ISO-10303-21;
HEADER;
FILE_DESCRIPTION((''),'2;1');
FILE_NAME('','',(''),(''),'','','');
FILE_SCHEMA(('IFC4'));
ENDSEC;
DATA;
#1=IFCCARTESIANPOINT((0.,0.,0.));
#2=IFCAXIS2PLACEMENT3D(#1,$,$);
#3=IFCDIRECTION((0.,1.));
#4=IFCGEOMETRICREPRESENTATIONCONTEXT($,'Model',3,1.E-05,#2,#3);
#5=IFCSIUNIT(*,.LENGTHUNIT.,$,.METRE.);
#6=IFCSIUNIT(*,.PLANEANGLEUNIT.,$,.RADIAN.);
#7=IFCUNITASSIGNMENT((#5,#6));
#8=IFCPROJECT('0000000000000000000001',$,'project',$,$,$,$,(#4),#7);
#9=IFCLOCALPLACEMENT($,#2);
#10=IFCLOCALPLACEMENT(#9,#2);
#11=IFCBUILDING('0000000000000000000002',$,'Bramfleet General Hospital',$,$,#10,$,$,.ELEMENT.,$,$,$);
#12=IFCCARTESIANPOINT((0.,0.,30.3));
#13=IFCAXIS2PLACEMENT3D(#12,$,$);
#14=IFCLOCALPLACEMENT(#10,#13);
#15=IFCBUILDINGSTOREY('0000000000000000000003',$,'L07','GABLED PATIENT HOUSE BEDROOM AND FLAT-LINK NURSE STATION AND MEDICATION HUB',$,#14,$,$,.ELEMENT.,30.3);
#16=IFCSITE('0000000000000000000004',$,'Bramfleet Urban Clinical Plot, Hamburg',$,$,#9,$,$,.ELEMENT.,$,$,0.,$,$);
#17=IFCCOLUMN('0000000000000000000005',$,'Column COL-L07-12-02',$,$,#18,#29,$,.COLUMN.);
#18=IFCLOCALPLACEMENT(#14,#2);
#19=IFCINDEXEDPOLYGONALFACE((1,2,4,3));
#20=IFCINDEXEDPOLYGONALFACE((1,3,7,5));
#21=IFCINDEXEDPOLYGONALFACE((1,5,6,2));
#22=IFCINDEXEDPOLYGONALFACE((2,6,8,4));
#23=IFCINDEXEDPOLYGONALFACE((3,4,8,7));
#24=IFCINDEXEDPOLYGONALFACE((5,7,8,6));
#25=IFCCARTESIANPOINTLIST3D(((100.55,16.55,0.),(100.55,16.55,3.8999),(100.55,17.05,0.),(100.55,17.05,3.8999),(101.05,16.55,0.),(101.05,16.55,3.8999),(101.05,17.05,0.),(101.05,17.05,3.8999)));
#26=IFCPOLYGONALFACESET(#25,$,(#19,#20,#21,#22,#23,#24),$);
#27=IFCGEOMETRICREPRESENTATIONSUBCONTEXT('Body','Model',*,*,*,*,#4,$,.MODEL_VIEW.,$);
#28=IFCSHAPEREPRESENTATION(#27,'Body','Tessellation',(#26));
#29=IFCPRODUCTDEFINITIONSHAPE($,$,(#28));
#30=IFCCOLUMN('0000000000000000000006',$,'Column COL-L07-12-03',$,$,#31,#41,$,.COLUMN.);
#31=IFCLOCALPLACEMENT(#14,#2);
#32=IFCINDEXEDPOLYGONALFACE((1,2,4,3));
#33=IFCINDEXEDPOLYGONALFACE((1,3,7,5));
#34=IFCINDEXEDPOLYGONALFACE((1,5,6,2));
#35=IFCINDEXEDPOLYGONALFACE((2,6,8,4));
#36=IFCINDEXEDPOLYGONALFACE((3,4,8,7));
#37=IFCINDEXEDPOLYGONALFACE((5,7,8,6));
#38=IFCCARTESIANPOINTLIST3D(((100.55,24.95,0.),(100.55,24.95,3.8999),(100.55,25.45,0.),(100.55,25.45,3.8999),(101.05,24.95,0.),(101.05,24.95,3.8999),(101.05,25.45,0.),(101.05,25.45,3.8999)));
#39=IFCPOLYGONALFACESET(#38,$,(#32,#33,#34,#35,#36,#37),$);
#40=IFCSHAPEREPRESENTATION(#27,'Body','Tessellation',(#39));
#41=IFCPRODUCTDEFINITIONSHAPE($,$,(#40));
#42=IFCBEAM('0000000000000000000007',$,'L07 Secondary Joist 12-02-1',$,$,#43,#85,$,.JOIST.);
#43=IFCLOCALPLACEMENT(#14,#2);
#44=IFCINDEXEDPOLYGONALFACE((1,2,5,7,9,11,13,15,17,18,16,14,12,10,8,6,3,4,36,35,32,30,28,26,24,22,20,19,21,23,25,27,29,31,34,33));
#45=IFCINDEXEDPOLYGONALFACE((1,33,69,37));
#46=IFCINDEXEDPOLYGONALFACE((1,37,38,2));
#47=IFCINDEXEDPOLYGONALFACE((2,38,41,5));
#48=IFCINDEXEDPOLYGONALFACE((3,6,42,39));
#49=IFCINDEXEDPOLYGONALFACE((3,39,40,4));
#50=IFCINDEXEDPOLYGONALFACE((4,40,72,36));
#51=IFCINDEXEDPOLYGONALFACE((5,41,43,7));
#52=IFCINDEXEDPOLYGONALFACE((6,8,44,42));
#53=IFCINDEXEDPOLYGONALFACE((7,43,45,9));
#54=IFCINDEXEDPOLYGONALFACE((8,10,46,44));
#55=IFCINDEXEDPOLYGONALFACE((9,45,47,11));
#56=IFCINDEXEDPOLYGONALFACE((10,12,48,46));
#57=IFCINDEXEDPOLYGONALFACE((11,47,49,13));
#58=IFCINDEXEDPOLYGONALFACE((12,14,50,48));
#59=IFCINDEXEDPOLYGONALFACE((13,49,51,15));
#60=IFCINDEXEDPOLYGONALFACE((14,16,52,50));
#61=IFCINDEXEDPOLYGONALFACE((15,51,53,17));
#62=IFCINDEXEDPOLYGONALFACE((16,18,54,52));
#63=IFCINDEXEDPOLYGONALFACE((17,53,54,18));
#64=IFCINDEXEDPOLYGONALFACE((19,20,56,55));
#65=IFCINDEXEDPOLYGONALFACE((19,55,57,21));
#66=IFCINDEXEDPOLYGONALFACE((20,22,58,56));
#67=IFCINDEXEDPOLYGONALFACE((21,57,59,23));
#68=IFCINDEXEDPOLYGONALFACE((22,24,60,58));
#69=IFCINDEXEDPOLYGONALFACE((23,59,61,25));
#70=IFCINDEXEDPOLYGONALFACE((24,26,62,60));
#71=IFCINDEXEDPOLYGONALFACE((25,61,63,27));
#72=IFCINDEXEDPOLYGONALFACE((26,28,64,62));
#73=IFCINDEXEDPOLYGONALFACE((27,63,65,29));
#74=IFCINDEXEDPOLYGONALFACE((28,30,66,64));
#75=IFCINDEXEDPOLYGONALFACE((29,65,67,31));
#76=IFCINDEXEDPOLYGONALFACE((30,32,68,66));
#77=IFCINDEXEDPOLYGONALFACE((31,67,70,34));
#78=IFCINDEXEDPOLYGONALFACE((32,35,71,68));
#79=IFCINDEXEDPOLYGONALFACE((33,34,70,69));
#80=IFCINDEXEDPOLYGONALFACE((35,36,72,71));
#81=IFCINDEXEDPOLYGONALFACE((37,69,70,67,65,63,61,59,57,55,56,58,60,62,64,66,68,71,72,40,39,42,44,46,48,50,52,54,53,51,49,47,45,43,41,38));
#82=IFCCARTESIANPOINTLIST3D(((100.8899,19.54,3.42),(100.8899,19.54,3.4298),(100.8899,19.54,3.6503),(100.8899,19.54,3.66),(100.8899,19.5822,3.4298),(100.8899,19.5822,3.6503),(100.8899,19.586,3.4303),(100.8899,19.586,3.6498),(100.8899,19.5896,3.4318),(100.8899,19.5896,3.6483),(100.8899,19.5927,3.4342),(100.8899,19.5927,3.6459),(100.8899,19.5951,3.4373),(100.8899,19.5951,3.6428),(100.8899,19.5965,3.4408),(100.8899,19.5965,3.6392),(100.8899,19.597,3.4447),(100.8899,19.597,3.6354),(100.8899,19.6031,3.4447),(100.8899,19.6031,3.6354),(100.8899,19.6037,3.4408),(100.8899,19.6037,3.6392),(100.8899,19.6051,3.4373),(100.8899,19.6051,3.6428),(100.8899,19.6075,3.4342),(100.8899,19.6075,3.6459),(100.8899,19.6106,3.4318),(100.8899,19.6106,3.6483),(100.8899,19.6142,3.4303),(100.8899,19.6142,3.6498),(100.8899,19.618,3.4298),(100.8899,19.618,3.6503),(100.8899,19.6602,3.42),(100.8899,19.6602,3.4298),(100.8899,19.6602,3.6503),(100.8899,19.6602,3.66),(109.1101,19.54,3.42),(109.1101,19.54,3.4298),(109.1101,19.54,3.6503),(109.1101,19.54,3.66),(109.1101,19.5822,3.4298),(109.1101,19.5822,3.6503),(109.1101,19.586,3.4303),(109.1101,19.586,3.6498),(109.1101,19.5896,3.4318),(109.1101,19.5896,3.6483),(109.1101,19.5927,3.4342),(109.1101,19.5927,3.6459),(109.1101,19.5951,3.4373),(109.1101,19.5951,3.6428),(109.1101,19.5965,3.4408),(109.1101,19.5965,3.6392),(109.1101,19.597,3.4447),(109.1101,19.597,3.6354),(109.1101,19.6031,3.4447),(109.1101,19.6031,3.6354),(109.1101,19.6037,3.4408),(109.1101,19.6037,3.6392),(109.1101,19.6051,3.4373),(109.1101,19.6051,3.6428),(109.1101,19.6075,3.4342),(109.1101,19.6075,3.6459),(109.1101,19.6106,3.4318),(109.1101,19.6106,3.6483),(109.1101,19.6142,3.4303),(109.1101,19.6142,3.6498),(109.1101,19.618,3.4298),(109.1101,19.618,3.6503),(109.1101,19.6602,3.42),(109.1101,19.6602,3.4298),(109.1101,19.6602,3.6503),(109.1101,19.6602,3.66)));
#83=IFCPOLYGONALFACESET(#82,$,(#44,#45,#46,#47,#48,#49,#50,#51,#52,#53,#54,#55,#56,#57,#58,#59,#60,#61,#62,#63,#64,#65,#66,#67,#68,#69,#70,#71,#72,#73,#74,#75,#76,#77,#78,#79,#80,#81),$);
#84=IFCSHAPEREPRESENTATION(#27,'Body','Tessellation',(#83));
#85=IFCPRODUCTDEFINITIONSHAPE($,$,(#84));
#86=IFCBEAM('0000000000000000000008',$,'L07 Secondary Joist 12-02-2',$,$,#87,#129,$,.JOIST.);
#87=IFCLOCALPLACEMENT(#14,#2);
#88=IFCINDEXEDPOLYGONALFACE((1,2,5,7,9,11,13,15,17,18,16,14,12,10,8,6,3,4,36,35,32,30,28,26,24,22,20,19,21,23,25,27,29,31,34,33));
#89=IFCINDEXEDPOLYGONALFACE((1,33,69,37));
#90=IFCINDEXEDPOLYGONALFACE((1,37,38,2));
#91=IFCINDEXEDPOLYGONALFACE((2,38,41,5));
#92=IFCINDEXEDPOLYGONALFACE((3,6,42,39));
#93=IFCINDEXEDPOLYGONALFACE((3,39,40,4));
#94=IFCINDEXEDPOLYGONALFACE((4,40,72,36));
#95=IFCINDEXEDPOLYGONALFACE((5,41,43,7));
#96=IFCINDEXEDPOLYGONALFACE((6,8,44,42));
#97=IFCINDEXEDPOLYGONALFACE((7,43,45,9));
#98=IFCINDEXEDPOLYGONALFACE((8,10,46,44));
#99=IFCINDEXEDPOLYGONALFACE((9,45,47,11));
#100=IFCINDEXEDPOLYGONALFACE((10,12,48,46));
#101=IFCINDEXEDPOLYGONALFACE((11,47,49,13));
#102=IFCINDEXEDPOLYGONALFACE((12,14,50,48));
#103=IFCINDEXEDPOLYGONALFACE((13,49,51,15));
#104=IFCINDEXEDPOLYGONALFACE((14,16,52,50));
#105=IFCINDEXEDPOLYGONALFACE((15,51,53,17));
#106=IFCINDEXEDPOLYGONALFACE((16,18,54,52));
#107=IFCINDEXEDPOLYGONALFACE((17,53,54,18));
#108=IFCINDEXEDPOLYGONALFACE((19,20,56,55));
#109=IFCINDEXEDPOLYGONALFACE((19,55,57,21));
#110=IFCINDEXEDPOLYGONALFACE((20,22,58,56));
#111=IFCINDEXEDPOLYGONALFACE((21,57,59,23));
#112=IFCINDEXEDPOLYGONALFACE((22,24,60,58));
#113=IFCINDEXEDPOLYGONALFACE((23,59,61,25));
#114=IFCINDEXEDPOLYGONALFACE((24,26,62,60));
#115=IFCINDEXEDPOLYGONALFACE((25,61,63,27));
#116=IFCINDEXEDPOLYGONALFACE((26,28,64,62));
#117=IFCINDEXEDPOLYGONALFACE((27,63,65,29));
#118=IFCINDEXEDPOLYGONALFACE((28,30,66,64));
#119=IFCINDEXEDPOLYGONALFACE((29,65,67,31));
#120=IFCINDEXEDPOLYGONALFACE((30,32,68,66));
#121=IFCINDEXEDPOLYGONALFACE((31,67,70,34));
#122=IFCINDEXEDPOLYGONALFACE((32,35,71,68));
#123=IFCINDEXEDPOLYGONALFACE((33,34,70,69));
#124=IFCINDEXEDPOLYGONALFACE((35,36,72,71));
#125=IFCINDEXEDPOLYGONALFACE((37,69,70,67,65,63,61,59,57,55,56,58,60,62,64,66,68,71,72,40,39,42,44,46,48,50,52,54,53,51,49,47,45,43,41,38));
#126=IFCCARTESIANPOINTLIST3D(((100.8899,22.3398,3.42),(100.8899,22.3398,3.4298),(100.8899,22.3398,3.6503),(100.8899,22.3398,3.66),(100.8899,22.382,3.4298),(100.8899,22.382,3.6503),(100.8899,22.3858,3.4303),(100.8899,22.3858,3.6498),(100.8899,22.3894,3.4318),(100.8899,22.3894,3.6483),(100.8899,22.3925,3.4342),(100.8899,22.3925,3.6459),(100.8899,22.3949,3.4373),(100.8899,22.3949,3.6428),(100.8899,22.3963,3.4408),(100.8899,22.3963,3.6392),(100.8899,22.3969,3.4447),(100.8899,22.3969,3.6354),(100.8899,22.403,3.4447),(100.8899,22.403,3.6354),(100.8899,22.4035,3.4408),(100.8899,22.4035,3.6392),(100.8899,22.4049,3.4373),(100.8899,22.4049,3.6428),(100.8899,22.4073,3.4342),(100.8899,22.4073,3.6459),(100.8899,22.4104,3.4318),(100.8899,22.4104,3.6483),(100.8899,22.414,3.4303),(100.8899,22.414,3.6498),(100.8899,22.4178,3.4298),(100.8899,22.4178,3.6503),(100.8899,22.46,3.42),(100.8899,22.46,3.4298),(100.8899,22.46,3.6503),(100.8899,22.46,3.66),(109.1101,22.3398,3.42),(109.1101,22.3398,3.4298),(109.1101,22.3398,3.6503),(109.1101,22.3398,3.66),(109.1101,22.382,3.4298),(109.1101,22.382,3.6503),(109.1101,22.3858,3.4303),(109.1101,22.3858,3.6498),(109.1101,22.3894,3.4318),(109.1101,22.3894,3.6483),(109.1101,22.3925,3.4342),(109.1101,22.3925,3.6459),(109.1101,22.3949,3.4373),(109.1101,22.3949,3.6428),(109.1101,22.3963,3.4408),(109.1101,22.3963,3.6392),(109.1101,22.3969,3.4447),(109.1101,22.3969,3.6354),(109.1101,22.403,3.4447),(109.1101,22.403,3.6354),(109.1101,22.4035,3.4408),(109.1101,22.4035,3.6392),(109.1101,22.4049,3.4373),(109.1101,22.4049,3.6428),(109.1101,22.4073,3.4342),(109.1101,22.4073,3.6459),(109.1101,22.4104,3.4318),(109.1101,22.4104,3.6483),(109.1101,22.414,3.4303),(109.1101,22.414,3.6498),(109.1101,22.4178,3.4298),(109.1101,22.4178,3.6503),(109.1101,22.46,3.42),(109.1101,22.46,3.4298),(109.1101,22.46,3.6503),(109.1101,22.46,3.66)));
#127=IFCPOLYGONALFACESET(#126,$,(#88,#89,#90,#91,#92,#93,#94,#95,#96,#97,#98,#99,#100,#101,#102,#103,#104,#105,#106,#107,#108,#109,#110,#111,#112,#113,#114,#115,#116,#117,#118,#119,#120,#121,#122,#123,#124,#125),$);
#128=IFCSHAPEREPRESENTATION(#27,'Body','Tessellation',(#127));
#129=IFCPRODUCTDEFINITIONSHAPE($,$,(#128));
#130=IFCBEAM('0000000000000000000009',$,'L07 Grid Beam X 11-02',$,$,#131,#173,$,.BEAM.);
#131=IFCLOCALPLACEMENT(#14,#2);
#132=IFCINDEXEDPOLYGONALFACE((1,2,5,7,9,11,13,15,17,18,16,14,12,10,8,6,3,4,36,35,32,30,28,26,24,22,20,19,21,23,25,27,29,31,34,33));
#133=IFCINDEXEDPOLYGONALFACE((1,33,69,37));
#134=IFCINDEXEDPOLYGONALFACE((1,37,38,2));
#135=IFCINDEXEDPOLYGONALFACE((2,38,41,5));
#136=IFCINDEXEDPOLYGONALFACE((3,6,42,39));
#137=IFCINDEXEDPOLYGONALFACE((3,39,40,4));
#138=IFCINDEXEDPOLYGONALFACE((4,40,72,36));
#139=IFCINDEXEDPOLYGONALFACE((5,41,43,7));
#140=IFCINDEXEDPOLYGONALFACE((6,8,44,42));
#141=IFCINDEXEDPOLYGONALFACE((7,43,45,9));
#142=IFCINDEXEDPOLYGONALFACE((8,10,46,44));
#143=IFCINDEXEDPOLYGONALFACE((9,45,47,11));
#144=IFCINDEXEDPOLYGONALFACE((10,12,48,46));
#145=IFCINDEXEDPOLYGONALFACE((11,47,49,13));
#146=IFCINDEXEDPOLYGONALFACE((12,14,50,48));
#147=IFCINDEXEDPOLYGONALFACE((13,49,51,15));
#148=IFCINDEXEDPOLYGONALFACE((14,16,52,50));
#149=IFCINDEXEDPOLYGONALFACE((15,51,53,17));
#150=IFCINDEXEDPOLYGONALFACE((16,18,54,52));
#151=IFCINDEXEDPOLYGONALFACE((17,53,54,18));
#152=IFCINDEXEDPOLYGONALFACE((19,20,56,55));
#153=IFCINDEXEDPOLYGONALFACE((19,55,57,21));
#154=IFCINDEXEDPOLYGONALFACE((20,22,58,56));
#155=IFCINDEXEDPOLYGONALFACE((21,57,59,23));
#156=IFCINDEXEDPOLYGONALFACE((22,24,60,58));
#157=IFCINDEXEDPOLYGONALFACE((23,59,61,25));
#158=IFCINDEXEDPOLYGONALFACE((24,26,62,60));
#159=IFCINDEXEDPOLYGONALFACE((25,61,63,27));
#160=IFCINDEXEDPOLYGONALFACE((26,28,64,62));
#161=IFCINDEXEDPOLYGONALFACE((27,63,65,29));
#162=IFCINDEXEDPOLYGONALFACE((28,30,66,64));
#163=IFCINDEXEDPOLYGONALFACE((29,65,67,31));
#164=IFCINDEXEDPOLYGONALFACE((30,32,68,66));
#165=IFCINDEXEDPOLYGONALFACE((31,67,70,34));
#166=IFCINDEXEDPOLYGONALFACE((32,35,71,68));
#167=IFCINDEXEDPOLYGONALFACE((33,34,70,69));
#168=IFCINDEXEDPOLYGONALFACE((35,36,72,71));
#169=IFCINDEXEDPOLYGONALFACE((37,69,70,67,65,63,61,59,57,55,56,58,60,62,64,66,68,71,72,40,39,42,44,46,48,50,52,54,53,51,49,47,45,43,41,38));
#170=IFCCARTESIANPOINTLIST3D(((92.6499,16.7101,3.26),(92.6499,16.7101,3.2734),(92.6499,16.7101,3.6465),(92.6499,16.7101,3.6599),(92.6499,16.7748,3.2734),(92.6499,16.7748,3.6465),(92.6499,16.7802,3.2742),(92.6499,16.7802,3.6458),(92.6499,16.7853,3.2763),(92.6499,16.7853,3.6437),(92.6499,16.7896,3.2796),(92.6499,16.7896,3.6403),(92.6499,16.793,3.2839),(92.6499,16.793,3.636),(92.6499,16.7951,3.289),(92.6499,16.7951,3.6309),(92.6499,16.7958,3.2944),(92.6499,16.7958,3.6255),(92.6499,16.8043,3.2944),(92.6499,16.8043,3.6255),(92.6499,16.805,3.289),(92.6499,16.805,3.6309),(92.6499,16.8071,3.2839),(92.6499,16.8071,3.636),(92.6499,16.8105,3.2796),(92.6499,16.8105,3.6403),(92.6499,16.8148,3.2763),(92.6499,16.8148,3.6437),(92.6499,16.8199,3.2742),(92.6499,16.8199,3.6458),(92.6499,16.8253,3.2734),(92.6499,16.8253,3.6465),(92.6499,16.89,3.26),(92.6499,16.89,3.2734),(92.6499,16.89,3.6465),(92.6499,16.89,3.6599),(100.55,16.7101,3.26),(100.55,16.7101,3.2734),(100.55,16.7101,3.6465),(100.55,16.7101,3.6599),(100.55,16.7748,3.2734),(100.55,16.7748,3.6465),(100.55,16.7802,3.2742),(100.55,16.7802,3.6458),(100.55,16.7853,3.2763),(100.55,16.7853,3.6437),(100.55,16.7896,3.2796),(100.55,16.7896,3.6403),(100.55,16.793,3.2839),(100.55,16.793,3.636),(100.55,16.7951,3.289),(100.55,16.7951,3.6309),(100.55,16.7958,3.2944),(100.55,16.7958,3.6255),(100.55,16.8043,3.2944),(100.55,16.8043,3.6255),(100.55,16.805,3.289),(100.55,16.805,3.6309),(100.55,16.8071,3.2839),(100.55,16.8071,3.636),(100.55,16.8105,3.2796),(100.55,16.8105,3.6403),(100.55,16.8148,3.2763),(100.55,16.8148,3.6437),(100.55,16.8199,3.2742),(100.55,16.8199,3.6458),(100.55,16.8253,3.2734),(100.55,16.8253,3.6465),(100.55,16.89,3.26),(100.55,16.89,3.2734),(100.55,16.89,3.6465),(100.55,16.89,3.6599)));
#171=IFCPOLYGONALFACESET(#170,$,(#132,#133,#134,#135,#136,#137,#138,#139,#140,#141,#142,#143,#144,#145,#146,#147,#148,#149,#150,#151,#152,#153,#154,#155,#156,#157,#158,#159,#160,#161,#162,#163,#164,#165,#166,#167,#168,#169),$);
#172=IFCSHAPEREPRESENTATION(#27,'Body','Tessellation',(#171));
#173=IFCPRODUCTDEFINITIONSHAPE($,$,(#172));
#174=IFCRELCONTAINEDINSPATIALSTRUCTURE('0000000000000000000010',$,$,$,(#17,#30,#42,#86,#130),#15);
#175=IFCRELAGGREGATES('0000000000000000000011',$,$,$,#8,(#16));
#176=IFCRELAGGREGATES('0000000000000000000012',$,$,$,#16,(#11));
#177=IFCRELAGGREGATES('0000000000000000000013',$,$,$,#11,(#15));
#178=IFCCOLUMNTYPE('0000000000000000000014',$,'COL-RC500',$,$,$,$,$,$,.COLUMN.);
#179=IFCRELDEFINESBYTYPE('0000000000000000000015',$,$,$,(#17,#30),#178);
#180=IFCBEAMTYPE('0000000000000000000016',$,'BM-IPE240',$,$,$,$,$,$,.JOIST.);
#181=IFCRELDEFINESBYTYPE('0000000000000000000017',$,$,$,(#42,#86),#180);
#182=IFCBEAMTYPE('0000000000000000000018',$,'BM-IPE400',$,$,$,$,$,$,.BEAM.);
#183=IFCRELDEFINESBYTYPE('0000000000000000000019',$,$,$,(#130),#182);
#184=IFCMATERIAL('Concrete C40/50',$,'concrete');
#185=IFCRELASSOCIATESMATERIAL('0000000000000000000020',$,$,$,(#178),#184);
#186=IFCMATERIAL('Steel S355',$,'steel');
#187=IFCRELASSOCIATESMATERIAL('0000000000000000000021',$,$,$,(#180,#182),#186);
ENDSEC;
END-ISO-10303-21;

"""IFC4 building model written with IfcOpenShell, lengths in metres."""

from ifc_helpers import new_model, si_unit, direction, frame, origin, origin_2d, place, context, subcontext, project, spatial, rectangle, i_section, extrude, material, material_profile, profile_set, type_object, element, save


model = new_model("IFC4")

# Units and contexts
model_context = context("Model", 3, precision=1e-05, world=origin(), true_north=direction((0.0, 1.0)))
body_context = subcontext(model_context, "Body", "Model", "MODEL_VIEW")
ifc_project = project(units=[si_unit("LENGTHUNIT", "METRE"), si_unit("PLANEANGLEUNIT", "RADIAN")], contexts=[model_context])

# Site, building, storey
site_placement = place(None, origin())
site = spatial("IfcSite", under=ifc_project, at=site_placement, Name="Bramfleet Urban Clinical Plot, Hamburg", CompositionType="ELEMENT", RefElevation=0.0)
building_placement = place(site_placement, origin())
building = spatial("IfcBuilding", under=site, at=building_placement, Name="Bramfleet General Hospital", CompositionType="ELEMENT")
storey_placement = place(building_placement, frame((0.0, 0.0, 30.3)))
storey = spatial("IfcBuildingStorey", under=building, at=storey_placement, Name="L07", Description="GABLED PATIENT HOUSE BEDROOM AND FLAT-LINK NURSE STATION AND MEDICATION HUB", CompositionType="ELEMENT", Elevation=30.3)

# Columns
ifc_material_1 = material(Name="Concrete C40/50", Category="concrete")
ifc_material_profile_1 = material_profile(ifc_material_1, rectangle(XDim=0.5, YDim=0.5, at=origin_2d()), Name="RC COL 500x500")
ifc_profile_set_1 = profile_set([ifc_material_profile_1], Name="Concrete C40/50")
column_type = type_object("IfcColumnType", Name="COL-RC500", PredefinedType="COLUMN", material=ifc_profile_set_1)
for number, where, z_axis, x_axis, name in (
    (1, (100.8, 16.8, 0.0), (0.0, 0.0, 1.0), (1.0, 0.0, 0.0), "Column COL-L07-12-02"),
    (2, (100.8, 25.2, 0.0), (0.0, 0.0, 1.0), (1.0, 0.0, 0.0), "Column COL-L07-12-03"),
):
    element("IfcColumn", number, at=place(storey_placement, frame(where, z_axis=z_axis, x_axis=x_axis)), inside=storey, type_object=column_type, Name=name, PredefinedType="COLUMN", context=body_context, shape_type="SweptSolid", body=[
        extrude(rectangle(XDim=0.5, YDim=0.5, at=origin_2d()), origin(), (0.0, 0.0, 1.0), 3.8999),
    ])

# Beams
ifc_material_2 = material(Name="Steel S355", Category="steel")
ifc_material_profile_2 = material_profile(ifc_material_2, i_section(OverallWidth=0.1201, OverallDepth=0.24, WebThickness=0.0061, FlangeThickness=0.0098, FilletRadius=0.0149, at=origin_2d()), Name="IPE 240")
ifc_profile_set_2 = profile_set([ifc_material_profile_2], Name="Steel S355")
beam_type_1 = type_object("IfcBeamType", Name="BM-IPE240", PredefinedType="JOIST", material=ifc_profile_set_2)
for number, where, z_axis, x_axis, name in (
    (3, (100.8899, 19.6001, 3.54), (1.0, 0.0, 0.0), (0.0, 1.0, 0.0), "L07 Secondary Joist 12-02-1"),
    (4, (100.8899, 22.3999, 3.54), (1.0, 0.0, 0.0), (0.0, 1.0, 0.0), "L07 Secondary Joist 12-02-2"),
):
    element("IfcBeam", number, at=place(storey_placement, frame(where, z_axis=z_axis, x_axis=x_axis)), inside=storey, type_object=beam_type_1, Name=name, PredefinedType="JOIST", context=body_context, shape_type="SweptSolid", body=[
        extrude(i_section(OverallWidth=0.1201, OverallDepth=0.24, WebThickness=0.0061, FlangeThickness=0.0098, FilletRadius=0.0149, at=origin_2d()), origin(), (0.0, 0.0, 1.0), 8.2202),
    ])
ifc_material_profile_3 = material_profile(ifc_material_2, i_section(OverallWidth=0.1799, OverallDepth=0.3999, WebThickness=0.0085, FlangeThickness=0.0134, FilletRadius=0.021, at=origin_2d()), Name="IPE 400")
ifc_profile_set_3 = profile_set([ifc_material_profile_3], Name="Steel S355")
beam_type_2 = type_object("IfcBeamType", Name="BM-IPE400", PredefinedType="BEAM", material=ifc_profile_set_3)
for number, where, z_axis, x_axis, name in (
    (5, (92.6499, 16.8, 3.46), (1.0, 0.0, 0.0), (0.0, 1.0, 0.0), "L07 Grid Beam X 11-02"),
):
    element("IfcBeam", number, at=place(storey_placement, frame(where, z_axis=z_axis, x_axis=x_axis)), inside=storey, type_object=beam_type_2, Name=name, PredefinedType="BEAM", context=body_context, shape_type="SweptSolid", body=[
        extrude(i_section(OverallWidth=0.1799, OverallDepth=0.3999, WebThickness=0.0085, FlangeThickness=0.0134, FilletRadius=0.021, at=origin_2d()), origin(), (0.0, 0.0, 1.0), 7.9001),
    ])

save(model, "model.ifc")
